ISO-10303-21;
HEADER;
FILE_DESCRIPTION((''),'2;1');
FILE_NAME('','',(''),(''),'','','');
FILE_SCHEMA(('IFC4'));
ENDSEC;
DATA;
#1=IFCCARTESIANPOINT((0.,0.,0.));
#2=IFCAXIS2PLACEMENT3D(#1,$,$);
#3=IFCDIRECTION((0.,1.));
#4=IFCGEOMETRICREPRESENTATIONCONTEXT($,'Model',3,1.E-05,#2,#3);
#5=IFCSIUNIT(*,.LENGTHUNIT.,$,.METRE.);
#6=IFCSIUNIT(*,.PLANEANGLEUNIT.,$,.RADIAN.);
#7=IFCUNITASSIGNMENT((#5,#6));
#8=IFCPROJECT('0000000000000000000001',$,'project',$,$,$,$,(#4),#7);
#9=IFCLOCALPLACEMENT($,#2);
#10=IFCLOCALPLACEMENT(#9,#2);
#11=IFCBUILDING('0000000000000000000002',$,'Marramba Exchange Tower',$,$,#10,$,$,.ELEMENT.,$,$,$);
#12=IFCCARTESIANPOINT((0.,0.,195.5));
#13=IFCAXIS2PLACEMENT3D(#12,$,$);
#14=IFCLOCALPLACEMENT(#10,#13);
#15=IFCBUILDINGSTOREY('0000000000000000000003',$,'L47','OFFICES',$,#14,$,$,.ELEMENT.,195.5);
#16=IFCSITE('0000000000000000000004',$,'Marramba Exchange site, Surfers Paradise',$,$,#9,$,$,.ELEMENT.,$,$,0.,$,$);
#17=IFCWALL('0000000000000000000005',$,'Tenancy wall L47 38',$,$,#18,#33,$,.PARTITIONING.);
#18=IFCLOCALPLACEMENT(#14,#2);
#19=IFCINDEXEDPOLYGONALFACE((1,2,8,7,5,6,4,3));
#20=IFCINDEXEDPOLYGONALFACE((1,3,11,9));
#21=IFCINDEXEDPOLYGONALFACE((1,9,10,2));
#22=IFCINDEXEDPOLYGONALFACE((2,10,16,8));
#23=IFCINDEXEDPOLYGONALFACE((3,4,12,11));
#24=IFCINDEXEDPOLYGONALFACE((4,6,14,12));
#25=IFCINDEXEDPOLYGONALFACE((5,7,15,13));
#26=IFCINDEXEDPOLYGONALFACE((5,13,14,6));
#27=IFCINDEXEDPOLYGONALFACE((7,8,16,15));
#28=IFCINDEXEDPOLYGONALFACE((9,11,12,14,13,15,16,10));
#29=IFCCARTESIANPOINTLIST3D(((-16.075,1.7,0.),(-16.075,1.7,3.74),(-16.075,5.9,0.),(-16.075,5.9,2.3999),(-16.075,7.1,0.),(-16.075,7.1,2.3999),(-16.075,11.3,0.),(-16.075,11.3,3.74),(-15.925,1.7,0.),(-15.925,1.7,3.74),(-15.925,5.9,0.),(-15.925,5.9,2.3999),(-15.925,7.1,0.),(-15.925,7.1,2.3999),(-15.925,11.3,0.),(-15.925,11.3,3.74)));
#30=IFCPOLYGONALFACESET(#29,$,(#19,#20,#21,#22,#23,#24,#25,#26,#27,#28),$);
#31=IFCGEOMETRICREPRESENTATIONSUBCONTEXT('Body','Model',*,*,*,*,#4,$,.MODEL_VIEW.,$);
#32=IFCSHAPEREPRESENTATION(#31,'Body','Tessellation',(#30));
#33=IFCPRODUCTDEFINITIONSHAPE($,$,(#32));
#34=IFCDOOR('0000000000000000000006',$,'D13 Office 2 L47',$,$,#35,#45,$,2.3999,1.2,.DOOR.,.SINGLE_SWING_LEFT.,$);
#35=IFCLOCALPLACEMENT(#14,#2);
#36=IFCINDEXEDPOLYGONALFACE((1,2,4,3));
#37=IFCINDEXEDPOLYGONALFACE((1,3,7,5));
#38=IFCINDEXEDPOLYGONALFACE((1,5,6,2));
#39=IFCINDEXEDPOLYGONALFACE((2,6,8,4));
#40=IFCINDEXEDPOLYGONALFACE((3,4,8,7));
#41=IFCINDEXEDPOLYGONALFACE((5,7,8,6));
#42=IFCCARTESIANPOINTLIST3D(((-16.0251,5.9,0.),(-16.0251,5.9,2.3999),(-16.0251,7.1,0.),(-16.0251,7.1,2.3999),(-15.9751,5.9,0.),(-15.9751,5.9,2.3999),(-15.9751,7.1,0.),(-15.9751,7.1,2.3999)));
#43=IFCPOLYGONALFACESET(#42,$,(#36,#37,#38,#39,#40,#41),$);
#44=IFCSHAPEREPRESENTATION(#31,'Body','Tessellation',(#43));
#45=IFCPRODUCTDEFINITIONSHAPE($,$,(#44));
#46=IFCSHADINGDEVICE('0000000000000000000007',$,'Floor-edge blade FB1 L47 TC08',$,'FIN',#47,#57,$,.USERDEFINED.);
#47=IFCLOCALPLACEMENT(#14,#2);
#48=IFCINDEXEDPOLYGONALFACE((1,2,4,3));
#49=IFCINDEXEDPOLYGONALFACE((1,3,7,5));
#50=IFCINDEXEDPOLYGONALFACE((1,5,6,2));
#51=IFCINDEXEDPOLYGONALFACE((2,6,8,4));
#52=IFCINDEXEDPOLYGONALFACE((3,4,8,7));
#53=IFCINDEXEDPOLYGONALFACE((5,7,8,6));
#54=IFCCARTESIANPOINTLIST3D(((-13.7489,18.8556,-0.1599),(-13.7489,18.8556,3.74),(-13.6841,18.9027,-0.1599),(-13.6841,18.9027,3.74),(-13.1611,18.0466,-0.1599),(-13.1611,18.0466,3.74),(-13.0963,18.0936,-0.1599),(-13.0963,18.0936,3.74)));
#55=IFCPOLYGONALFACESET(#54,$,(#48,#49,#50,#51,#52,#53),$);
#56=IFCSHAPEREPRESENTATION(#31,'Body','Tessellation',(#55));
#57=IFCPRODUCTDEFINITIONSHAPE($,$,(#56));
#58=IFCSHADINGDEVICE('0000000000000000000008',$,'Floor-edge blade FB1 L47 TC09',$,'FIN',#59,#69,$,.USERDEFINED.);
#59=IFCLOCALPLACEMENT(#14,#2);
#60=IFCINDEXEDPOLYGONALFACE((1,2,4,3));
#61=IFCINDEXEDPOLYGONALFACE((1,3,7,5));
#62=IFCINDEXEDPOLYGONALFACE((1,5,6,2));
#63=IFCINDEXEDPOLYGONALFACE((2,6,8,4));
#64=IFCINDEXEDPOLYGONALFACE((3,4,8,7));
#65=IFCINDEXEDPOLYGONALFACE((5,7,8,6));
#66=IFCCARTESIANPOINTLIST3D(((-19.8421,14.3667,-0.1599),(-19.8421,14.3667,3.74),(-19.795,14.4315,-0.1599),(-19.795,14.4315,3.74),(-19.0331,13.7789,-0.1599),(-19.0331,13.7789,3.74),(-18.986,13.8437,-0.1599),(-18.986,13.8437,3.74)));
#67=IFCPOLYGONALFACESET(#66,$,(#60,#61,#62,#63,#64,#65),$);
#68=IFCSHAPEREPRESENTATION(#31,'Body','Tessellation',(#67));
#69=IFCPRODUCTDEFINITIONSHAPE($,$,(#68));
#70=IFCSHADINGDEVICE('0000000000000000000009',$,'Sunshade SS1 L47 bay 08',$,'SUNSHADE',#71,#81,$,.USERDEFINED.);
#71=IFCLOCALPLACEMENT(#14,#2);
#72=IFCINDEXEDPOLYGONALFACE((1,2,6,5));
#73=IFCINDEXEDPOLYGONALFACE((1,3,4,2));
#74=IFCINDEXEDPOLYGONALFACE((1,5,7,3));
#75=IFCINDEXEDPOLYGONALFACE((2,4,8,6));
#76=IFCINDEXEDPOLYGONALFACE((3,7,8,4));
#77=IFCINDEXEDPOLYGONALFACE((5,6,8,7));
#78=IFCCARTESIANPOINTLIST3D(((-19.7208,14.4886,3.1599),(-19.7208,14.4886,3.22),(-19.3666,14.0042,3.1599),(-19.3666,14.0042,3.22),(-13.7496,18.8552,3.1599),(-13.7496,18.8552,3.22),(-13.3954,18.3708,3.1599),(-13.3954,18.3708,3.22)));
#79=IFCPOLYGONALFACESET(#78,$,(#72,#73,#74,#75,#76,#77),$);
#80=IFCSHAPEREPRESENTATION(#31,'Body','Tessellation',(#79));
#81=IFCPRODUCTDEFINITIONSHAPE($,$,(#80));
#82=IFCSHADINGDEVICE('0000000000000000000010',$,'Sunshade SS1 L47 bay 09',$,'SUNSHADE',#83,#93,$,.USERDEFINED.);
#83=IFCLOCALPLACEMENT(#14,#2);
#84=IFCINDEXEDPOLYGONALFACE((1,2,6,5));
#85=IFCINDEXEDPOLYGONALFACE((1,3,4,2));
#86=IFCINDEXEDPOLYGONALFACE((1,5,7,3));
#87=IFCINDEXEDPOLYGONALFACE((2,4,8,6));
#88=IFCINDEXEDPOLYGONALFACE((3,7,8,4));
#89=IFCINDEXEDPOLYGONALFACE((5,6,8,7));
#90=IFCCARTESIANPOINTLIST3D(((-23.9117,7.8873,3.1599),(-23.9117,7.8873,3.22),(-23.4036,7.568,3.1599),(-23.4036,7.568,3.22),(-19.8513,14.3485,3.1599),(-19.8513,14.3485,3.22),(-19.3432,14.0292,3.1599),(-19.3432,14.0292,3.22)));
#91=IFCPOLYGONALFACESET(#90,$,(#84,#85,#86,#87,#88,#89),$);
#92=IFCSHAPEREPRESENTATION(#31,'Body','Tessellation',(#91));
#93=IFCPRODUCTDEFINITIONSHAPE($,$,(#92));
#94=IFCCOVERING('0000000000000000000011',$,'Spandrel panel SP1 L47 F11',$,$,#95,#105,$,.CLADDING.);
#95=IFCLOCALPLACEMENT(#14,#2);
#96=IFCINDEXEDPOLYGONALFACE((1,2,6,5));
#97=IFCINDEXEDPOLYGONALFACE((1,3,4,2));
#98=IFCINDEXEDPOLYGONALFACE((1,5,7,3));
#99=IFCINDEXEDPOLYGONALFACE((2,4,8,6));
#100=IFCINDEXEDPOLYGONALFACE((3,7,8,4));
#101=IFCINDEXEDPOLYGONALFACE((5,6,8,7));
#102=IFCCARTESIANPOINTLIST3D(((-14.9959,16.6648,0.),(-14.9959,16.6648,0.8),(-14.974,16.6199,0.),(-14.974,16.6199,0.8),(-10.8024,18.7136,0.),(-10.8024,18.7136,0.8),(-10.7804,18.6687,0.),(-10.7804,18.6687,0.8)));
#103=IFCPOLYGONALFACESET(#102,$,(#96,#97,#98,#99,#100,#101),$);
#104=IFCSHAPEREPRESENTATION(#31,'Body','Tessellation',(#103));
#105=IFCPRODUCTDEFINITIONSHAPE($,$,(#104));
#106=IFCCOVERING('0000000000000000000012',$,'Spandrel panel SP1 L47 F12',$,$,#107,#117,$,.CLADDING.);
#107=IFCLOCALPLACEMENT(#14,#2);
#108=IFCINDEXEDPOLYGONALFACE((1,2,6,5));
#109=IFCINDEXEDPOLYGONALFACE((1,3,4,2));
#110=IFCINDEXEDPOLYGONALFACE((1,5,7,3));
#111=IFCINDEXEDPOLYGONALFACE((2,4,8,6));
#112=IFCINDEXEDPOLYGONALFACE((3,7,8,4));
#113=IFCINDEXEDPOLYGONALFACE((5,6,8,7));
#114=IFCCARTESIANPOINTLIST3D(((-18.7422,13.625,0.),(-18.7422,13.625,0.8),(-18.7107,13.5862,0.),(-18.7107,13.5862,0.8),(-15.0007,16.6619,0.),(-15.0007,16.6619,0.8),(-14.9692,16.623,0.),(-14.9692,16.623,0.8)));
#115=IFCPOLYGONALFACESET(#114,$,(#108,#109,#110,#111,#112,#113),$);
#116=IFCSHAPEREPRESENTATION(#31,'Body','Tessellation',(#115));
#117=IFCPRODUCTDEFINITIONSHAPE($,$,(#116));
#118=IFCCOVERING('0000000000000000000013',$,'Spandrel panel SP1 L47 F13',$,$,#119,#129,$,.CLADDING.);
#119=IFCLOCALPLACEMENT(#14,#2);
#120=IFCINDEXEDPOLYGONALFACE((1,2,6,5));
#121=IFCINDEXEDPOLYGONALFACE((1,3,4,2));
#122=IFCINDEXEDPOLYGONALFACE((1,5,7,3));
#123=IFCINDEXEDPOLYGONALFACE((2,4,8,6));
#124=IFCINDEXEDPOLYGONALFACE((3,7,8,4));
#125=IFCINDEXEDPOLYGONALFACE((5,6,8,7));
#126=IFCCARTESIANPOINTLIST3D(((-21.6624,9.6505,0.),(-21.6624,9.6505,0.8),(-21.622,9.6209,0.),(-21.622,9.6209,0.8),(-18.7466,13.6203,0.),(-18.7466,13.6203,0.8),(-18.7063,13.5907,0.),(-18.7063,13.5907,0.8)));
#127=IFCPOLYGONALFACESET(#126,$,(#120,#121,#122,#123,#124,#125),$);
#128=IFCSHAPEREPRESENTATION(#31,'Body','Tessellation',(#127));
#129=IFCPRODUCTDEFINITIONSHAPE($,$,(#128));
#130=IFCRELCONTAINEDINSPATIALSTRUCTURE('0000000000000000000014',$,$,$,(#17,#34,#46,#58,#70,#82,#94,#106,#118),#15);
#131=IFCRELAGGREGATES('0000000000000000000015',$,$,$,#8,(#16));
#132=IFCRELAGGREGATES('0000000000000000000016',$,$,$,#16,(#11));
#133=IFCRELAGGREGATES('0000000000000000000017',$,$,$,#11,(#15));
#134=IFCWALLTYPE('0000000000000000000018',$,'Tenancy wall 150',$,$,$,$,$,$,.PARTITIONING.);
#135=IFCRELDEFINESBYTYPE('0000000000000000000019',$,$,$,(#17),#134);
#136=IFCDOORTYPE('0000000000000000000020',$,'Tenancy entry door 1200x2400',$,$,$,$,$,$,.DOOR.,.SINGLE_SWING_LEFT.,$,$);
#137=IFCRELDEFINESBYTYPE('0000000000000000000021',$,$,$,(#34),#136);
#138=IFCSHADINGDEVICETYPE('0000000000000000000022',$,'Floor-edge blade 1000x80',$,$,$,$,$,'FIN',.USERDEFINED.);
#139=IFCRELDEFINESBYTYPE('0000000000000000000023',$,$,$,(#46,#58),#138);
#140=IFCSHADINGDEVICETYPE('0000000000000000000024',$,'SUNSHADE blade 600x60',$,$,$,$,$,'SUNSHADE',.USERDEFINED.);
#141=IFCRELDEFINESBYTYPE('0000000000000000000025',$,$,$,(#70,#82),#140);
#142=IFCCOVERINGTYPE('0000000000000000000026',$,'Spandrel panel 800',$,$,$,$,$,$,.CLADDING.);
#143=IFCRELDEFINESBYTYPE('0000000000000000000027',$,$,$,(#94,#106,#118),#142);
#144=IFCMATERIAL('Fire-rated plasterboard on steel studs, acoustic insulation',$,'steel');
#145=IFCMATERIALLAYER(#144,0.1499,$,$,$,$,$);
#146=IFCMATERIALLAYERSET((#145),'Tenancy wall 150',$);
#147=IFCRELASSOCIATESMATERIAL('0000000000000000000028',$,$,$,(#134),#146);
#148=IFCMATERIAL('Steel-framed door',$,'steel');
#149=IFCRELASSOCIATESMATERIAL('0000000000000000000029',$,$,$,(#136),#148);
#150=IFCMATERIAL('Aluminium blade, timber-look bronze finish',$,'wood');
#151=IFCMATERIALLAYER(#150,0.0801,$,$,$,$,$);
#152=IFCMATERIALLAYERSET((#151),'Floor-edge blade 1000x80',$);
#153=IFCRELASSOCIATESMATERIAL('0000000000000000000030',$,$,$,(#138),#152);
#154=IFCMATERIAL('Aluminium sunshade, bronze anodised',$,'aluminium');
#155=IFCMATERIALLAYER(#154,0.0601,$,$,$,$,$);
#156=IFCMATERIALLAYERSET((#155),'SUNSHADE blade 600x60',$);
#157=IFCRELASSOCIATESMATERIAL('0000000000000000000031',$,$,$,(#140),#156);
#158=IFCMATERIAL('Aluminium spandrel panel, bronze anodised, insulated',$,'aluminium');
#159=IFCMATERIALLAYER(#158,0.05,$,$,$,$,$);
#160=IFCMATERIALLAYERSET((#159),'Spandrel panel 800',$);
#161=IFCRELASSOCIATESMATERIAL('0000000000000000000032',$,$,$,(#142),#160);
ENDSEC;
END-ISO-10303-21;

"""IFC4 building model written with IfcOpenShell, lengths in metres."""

from ifc_helpers import new_model, si_unit, direction, frame, frame_2d, origin, origin_2d, place, context, subcontext, project, spatial, rectangle, extrude, material, layer, layer_set, type_object, element, fill, save


model = new_model("IFC4")

# Units and contexts
model_context = context("Model", 3, precision=1e-05, world=origin(), true_north=direction((0.0, 1.0)))
body_context = subcontext(model_context, "Body", "Model", "MODEL_VIEW")
ifc_project = project(units=[si_unit("LENGTHUNIT", "METRE"), si_unit("PLANEANGLEUNIT", "RADIAN")], contexts=[model_context])

# Site, building, storey
site_placement = place(None, origin())
site = spatial("IfcSite", under=ifc_project, at=site_placement, Name="Marramba Exchange site, Surfers Paradise", CompositionType="ELEMENT", RefElevation=0.0)
building_placement = place(site_placement, origin())
building = spatial("IfcBuilding", under=site, at=building_placement, Name="Marramba Exchange Tower", CompositionType="ELEMENT")
storey_placement = place(building_placement, frame((0.0, 0.0, 195.5)))
storey = spatial("IfcBuildingStorey", under=building, at=storey_placement, Name="L47", Description="OFFICES", CompositionType="ELEMENT", Elevation=195.5)

# Shared definitions
ifc_material_1 = material(Name="Fire-rated plasterboard on steel studs, acoustic insulation", Category="steel")
ifc_layer_1 = layer(ifc_material_1, 0.1499)
ifc_layer_set_1 = layer_set([ifc_layer_1], Name="Tenancy wall 150")
wall_type_1 = type_object("IfcWallType", Name="Tenancy wall 150", PredefinedType="PARTITIONING", material=ifc_layer_set_1)

# Wall, opening, door
wall_1_placement = place(storey_placement, frame((-16.0, 11.3, 0.0), z_axis=(0.0, 0.0, 1.0), x_axis=(0.0, -1.0, 0.0)))
wall_1 = element("IfcWall", 1, at=wall_1_placement, inside=storey, type_object=wall_type_1, Name="Tenancy wall L47 38", PredefinedType="PARTITIONING", context=body_context, shape_type="SweptSolid", body=[
    extrude(rectangle(XDim=9.6001, YDim=0.1499, at=frame_2d((4.8, 0.0))), origin(), (0.0, 0.0, 1.0), 3.74),
])
opening_placement = place(wall_1_placement, frame((4.2, 0.0, 0.0)))
opening = element("IfcOpeningElement", 2, at=opening_placement, cuts=wall_1, PredefinedType="OPENING", context=body_context, shape_type="SweptSolid", body=[
    extrude(rectangle(XDim=1.2, YDim=2.3999, at=frame_2d((0.6001, 1.2))), frame((0.0, 0.085, 0.0), z_axis=(0.0, -1.0, 0.0), x_axis=(1.0, 0.0, 0.0)), (0.0, 0.0, 1.0), 0.1699),
])
ifc_material_2 = material(Name="Steel-framed door", Category="steel")
door_type = type_object("IfcDoorType", Name="Tenancy entry door 1200x2400", OperationType="SINGLE_SWING_LEFT", PredefinedType="DOOR", material=ifc_material_2)
door_placement = place(opening_placement, origin())
door = element("IfcDoor", 3, at=door_placement, inside=storey, type_object=door_type, Name="D13 Office 2 L47", OperationType="SINGLE_SWING_LEFT", OverallHeight=2.3999, OverallWidth=1.2, PredefinedType="DOOR", context=body_context, shape_type="SweptSolid", body=[
    extrude(rectangle(XDim=1.2, YDim=2.3999, at=frame_2d((0.6001, 1.2))), frame((0.0, 0.0249, 0.0), z_axis=(0.0, -1.0, 0.0), x_axis=(1.0, 0.0, 0.0)), (0.0, 0.0, 1.0), 0.05),
])
fill(opening, door)

# Shading devices
ifc_material_3 = material(Name="Aluminium blade, timber-look bronze finish", Category="wood")
ifc_layer_2 = layer(ifc_material_3, 0.0801)
ifc_layer_set_2 = layer_set([ifc_layer_2], Name="Floor-edge blade 1000x80")
shading_device_type_1 = type_object("IfcShadingDeviceType", Name="Floor-edge blade 1000x80", ElementType="FIN", PredefinedType="USERDEFINED", material=ifc_layer_set_2)
for number, where, z_axis, x_axis, name in (
    (4, (-13.4226, 18.4746, -0.1599), (0.0, 0.0, 1.0), (-0.587785, 0.809017, 0.0), "Floor-edge blade FB1 L47 TC08"),
    (5, (-19.4141, 14.1052, -0.1599), (0.0, 0.0, 1.0), (-0.809017, 0.587785, 0.0), "Floor-edge blade FB1 L47 TC09"),
):
    element("IfcShadingDevice", number, at=place(storey_placement, frame(where, z_axis=z_axis, x_axis=x_axis)), inside=storey, type_object=shading_device_type_1, Name=name, ObjectType="FIN", PredefinedType="USERDEFINED", context=body_context, shape_type="SweptSolid", body=[
        extrude(rectangle(XDim=1.0, YDim=0.0801, at=origin_2d()), origin(), (0.0, 0.0, 1.0), 3.8999),
    ])
ifc_material_4 = material(Name="Aluminium sunshade, bronze anodised", Category="aluminium")
ifc_layer_3 = layer(ifc_material_4, 0.0601)
ifc_layer_set_3 = layer_set([ifc_layer_3], Name="SUNSHADE blade 600x60")
shading_device_type_2 = type_object("IfcShadingDeviceType", Name="SUNSHADE blade 600x60", ElementType="SUNSHADE", PredefinedType="USERDEFINED", material=ifc_layer_set_3)
shading_device_1_placement = place(storey_placement, frame((-16.5581, 16.4297, 3.1599), z_axis=(0.0, 0.0, 1.0), x_axis=(-0.807194, -0.590286, 0.0)))
element("IfcShadingDevice", 6, at=shading_device_1_placement, inside=storey, type_object=shading_device_type_2, Name="Sunshade SS1 L47 bay 08", ObjectType="SUNSHADE", PredefinedType="USERDEFINED", context=body_context, shape_type="SweptSolid", body=[
    extrude(rectangle(XDim=7.3975, YDim=0.6001, at=origin_2d()), origin(), (0.0, 0.0, 1.0), 0.0601),
])
shading_device_2_placement = place(storey_placement, frame((-21.6274, 10.9583, 3.1599), z_axis=(0.0, 0.0, 1.0), x_axis=(-0.532082, -0.846693, 0.0)))
element("IfcShadingDevice", 7, at=shading_device_2_placement, inside=storey, type_object=shading_device_type_2, Name="Sunshade SS1 L47 bay 09", ObjectType="SUNSHADE", PredefinedType="USERDEFINED", context=body_context, shape_type="SweptSolid", body=[
    extrude(rectangle(XDim=7.6311, YDim=0.6001, at=origin_2d()), origin(), (0.0, 0.0, 1.0), 0.0601),
])

# Coverings
ifc_material_5 = material(Name="Aluminium spandrel panel, bronze anodised, insulated", Category="aluminium")
ifc_layer_4 = layer(ifc_material_5, 0.05)
ifc_layer_set_4 = layer_set([ifc_layer_4], Name="Spandrel panel 800")
covering_type = type_object("IfcCoveringType", Name="Spandrel panel 800", PredefinedType="CLADDING", material=ifc_layer_set_4)
covering_1_placement = place(storey_placement, frame((-12.8882, 17.6667, 0.0), z_axis=(0.0, 0.0, 1.0), x_axis=(-0.898501, -0.438972, 0.0)))
element("IfcCovering", 8, at=covering_1_placement, inside=storey, type_object=covering_type, Name="Spandrel panel SP1 L47 F11", PredefinedType="CLADDING", context=body_context, shape_type="SweptSolid", body=[
    extrude(rectangle(XDim=4.6672, YDim=0.05, at=origin_2d()), origin(), (0.0, 0.0, 1.0), 0.8),
])
covering_2_placement = place(storey_placement, frame((-16.8557, 15.124, 0.0), z_axis=(0.0, 0.0, 1.0), x_axis=(-0.776432, -0.630201, 0.0)))
element("IfcCovering", 9, at=covering_2_placement, inside=storey, type_object=covering_type, Name="Spandrel panel SP1 L47 F12", PredefinedType="CLADDING", context=body_context, shape_type="SweptSolid", body=[
    extrude(rectangle(XDim=4.8188, YDim=0.05, at=origin_2d()), origin(), (0.0, 0.0, 1.0), 0.8),
])
covering_3_placement = place(storey_placement, frame((-20.1843, 11.6206, 0.0), z_axis=(0.0, 0.0, 1.0), x_axis=(-0.591963, -0.805965, 0.0)))
element("IfcCovering", 10, at=covering_3_placement, inside=storey, type_object=covering_type, Name="Spandrel panel SP1 L47 F13", PredefinedType="CLADDING", context=body_context, shape_type="SweptSolid", body=[
    extrude(rectangle(XDim=4.9255, YDim=0.05, at=origin_2d()), origin(), (0.0, 0.0, 1.0), 0.8),
])

save(model, "model.ifc")
